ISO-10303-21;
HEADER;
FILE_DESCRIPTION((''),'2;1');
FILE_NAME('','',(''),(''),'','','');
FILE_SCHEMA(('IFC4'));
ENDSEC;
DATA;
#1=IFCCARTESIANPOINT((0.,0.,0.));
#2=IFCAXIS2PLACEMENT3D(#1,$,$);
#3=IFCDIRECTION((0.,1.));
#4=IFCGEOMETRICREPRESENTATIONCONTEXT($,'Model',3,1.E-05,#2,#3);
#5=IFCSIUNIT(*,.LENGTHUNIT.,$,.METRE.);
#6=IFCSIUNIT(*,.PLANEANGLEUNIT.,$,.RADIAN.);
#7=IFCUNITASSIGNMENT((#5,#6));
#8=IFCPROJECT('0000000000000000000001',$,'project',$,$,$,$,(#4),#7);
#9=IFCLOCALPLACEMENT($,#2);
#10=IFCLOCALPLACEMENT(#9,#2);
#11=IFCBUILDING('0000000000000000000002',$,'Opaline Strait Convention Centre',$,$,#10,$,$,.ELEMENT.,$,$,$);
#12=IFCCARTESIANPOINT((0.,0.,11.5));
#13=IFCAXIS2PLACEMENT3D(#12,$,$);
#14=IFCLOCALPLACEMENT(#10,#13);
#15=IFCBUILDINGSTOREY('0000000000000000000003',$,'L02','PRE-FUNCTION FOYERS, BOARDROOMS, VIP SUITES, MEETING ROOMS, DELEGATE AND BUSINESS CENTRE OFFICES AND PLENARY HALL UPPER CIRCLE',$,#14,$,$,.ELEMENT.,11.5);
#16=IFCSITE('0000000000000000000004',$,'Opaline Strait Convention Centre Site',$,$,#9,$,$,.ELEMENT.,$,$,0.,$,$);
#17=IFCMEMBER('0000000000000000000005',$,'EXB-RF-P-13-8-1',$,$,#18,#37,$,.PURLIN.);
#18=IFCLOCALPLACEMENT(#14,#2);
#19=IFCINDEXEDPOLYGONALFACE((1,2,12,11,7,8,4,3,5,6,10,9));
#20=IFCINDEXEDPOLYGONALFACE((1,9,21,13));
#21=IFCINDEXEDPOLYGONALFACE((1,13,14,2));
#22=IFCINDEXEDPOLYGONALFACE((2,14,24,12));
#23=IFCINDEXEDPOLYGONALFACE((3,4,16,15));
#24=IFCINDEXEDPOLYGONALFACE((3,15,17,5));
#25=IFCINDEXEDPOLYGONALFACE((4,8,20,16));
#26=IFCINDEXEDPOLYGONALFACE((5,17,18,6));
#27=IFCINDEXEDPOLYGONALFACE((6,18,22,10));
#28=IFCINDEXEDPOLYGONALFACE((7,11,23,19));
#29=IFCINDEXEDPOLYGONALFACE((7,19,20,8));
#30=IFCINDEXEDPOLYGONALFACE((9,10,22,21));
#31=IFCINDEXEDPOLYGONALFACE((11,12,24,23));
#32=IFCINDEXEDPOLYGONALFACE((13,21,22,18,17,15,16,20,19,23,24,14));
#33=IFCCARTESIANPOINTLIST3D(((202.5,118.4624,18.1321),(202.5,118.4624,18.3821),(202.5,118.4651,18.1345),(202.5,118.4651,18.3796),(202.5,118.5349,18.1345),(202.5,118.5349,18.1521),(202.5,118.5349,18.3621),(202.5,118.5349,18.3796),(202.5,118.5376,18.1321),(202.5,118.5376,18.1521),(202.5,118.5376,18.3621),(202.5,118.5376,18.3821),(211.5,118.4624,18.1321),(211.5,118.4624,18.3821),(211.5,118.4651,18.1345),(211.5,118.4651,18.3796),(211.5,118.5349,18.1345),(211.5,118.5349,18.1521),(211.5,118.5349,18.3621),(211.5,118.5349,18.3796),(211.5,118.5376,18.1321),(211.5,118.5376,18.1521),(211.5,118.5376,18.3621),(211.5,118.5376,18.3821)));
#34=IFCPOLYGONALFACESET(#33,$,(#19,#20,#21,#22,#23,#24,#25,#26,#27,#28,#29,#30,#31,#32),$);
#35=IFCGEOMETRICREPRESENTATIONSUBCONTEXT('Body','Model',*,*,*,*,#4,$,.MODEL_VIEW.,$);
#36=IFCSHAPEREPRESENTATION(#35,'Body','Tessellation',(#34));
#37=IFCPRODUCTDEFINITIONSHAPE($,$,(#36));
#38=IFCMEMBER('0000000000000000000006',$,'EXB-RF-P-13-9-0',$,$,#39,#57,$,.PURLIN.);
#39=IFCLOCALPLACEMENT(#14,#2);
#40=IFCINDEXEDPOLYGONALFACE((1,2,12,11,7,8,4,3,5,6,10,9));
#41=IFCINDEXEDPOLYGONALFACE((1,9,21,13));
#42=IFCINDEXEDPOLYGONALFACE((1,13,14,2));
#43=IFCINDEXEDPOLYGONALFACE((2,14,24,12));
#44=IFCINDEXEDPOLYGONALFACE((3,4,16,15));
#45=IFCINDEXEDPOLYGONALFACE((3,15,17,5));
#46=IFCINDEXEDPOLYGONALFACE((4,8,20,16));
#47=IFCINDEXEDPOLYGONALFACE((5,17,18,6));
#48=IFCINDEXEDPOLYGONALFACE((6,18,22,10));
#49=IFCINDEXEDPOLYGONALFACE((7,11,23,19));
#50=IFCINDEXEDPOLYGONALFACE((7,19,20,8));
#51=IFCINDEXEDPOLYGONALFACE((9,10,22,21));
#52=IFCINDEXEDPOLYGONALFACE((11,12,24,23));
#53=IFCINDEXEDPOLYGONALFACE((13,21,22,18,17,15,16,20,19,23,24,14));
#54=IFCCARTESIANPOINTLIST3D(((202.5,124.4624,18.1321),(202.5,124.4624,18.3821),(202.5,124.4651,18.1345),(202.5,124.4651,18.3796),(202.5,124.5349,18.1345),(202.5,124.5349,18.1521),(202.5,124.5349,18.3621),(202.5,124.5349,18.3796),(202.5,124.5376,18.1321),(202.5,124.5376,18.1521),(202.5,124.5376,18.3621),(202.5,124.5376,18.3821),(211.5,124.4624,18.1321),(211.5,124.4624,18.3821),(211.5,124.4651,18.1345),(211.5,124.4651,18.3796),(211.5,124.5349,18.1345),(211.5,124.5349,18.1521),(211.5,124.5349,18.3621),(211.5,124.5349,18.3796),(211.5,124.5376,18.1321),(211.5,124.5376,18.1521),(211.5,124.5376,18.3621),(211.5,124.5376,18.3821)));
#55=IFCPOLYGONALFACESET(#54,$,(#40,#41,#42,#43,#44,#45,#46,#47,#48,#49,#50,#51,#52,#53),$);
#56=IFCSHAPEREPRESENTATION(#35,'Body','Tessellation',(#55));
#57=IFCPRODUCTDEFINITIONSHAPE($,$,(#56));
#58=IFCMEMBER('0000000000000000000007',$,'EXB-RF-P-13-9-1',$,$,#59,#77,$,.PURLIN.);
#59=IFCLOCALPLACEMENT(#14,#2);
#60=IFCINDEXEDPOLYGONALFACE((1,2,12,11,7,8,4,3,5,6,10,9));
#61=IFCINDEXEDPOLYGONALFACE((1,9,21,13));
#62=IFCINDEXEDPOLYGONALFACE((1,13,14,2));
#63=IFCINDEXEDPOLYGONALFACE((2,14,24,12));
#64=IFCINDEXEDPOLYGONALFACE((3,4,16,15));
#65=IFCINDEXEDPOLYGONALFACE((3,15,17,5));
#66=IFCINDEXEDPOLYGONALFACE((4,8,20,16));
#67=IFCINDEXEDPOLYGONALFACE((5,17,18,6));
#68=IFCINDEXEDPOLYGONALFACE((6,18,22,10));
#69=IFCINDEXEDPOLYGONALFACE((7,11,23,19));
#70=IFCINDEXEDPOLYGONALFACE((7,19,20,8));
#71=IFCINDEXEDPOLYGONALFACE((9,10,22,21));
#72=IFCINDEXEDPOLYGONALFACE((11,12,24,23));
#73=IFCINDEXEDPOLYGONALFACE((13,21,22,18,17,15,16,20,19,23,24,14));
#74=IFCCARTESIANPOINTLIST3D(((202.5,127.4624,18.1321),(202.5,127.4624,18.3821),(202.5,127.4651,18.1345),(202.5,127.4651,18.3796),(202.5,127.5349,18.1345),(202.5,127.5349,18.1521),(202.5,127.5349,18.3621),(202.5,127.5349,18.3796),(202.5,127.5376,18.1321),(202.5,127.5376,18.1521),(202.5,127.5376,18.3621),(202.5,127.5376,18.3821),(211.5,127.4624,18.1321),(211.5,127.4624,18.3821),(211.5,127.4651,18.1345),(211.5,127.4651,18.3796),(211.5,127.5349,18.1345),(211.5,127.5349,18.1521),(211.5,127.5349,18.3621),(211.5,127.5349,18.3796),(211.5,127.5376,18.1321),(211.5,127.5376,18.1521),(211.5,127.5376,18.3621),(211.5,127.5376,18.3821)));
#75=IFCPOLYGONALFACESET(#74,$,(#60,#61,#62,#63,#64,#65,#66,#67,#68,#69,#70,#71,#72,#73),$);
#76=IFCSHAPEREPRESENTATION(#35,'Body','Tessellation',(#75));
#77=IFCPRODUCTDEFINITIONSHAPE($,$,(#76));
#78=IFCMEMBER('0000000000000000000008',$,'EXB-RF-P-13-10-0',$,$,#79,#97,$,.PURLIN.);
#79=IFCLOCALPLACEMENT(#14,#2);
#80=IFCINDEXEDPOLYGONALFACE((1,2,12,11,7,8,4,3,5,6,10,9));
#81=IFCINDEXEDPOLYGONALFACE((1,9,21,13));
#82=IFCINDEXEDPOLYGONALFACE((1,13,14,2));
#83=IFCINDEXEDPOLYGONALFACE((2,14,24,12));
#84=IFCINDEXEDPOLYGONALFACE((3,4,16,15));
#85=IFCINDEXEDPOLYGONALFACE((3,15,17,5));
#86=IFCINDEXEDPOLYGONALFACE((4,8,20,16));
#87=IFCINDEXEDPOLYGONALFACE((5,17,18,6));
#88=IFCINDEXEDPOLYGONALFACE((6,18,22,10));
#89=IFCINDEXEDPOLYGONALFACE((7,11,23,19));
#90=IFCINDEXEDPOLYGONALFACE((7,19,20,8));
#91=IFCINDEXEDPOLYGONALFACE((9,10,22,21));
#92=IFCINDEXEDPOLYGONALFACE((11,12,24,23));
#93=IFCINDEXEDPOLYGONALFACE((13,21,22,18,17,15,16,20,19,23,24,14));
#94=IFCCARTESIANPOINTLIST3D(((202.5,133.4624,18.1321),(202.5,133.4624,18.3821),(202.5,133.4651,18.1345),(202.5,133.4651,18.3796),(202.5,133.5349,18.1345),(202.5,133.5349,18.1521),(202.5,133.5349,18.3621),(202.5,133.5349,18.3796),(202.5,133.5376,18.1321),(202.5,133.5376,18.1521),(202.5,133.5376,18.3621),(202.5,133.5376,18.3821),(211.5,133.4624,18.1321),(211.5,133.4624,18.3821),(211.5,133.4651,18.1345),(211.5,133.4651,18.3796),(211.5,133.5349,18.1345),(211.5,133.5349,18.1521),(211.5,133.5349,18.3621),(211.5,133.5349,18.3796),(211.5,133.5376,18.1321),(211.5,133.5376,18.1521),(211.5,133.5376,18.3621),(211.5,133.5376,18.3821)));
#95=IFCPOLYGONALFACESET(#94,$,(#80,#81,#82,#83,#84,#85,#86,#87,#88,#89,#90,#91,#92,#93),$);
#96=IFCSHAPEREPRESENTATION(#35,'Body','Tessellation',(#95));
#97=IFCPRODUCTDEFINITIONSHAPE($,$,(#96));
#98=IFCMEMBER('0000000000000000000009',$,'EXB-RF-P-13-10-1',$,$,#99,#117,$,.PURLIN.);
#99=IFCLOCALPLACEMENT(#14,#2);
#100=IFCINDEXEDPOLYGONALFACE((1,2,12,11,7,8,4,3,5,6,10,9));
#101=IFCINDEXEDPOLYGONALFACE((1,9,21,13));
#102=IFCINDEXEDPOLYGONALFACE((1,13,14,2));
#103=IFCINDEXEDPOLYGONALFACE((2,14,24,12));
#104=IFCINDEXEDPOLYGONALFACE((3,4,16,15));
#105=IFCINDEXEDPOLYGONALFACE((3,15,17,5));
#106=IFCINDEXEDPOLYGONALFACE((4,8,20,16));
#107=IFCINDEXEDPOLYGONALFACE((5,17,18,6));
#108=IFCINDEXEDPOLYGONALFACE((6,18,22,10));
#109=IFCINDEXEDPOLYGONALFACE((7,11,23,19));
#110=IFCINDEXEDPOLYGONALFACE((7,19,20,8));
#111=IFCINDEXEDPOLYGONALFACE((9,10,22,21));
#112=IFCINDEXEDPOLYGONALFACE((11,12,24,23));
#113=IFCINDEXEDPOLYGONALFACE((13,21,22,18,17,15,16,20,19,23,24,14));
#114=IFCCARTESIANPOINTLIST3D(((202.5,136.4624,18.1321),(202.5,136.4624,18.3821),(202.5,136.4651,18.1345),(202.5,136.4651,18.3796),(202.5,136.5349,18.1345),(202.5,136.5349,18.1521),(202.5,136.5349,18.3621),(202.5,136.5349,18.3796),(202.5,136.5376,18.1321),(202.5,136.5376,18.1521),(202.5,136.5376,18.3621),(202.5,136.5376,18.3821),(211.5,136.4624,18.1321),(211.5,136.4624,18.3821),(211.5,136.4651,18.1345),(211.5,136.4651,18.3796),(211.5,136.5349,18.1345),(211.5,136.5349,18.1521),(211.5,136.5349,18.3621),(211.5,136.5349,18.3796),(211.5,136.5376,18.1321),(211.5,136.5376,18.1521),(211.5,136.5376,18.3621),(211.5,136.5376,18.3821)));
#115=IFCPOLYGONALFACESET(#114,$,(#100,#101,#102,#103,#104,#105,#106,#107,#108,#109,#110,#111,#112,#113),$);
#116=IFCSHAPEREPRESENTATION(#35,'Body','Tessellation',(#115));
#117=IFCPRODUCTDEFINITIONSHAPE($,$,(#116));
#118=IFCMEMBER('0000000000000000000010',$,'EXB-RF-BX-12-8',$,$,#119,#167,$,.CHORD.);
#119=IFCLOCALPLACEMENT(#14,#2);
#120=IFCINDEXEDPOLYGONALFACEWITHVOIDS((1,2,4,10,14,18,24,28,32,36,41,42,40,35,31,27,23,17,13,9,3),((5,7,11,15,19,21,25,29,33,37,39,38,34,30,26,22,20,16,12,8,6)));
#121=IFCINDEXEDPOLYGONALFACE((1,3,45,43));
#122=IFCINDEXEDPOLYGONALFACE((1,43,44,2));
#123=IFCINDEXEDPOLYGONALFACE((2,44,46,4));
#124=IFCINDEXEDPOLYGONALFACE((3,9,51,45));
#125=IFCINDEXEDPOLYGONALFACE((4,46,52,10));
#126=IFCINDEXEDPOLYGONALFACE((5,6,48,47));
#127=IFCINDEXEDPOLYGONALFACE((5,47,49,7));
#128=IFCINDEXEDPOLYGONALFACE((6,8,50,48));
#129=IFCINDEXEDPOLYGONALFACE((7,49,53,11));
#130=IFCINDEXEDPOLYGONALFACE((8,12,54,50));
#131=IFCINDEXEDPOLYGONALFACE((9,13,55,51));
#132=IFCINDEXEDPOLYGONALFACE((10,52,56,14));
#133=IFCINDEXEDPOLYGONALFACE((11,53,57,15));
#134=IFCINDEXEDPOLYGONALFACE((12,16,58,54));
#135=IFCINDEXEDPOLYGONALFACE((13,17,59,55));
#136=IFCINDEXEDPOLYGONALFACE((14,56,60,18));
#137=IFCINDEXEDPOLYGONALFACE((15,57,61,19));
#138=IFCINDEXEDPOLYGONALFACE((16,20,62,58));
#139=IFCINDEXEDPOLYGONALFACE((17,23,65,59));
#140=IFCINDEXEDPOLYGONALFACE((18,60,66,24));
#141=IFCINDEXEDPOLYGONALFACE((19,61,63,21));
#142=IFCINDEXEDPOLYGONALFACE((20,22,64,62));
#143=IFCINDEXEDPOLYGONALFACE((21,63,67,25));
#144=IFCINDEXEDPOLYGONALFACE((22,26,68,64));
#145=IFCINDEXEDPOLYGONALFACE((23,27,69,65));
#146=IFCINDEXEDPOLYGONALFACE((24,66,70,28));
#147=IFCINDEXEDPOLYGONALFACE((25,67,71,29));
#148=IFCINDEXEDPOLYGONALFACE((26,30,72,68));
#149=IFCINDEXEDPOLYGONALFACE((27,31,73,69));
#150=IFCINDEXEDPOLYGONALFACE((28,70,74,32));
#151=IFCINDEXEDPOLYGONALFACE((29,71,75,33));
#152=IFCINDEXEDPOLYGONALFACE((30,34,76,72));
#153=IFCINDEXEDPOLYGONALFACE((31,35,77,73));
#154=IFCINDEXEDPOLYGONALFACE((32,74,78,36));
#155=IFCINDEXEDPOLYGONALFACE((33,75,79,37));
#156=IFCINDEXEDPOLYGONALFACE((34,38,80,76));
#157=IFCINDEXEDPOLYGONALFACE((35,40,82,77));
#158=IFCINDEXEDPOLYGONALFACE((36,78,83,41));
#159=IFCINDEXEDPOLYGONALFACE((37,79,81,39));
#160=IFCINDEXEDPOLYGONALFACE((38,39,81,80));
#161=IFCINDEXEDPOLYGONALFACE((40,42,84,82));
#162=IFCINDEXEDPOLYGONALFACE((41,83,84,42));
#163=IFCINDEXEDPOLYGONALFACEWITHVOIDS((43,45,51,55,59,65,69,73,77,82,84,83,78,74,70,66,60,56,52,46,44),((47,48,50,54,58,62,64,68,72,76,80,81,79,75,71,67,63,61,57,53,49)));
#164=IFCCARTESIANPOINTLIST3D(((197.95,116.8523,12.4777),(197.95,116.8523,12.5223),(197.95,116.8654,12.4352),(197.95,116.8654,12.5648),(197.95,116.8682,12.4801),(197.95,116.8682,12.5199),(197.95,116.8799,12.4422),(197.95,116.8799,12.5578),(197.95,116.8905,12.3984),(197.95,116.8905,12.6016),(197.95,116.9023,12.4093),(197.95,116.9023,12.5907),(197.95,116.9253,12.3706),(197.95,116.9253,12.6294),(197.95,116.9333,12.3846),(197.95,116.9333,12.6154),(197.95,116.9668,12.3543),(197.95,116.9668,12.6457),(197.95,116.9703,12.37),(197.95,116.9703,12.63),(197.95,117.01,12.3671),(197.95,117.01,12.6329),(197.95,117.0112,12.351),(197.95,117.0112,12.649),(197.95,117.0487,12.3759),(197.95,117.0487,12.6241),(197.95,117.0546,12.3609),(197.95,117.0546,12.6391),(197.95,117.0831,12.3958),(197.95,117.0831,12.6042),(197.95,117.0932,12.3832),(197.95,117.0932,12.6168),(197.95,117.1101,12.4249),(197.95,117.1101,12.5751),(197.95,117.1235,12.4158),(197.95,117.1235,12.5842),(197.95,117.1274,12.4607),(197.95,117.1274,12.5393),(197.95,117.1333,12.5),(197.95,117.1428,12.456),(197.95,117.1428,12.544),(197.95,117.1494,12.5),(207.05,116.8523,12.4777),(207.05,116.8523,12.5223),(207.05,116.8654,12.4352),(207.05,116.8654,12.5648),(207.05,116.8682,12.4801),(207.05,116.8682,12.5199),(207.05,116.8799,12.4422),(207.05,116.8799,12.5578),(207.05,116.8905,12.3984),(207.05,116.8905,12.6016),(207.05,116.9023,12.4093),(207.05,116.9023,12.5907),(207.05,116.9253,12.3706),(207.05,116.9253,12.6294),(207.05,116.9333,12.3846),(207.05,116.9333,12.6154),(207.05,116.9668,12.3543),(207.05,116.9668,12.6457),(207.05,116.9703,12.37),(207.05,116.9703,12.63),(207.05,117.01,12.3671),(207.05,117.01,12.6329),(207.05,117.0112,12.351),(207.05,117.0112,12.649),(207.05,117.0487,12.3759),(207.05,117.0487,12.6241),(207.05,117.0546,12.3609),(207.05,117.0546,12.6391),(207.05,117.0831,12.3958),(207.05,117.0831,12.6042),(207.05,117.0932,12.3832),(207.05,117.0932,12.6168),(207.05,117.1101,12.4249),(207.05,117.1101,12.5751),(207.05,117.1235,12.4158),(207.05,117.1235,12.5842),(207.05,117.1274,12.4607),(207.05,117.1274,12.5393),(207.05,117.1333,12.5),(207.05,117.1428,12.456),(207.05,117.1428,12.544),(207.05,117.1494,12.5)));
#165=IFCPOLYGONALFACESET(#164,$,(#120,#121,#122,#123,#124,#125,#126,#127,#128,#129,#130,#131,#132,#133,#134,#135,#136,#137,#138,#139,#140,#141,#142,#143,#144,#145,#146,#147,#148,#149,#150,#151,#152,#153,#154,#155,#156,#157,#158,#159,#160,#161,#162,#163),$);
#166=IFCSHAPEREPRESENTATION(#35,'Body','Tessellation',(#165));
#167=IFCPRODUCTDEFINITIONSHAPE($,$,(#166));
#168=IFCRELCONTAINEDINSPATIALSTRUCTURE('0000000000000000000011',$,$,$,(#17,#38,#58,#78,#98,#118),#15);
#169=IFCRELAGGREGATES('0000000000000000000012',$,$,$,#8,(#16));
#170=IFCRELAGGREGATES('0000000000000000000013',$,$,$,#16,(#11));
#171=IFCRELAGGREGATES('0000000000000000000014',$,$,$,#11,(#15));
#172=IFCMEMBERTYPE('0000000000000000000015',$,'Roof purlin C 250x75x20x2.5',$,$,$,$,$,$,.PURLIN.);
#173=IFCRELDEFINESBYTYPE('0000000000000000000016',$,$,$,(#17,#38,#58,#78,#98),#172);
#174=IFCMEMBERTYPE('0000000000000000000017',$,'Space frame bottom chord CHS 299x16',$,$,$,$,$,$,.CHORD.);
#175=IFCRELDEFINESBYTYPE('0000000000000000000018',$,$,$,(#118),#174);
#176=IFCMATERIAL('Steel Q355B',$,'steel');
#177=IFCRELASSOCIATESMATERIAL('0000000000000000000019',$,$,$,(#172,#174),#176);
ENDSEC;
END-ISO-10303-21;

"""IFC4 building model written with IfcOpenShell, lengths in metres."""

from ifc_helpers import new_model, si_unit, direction, frame, origin, origin_2d, place, context, subcontext, project, spatial, polyline, hollow_circle, outline, extrude, material, material_profile, profile_set, type_object, element, save


model = new_model("IFC4")

# Units and contexts
model_context = context("Model", 3, precision=1e-05, world=origin(), true_north=direction((0.0, 1.0)))
body_context = subcontext(model_context, "Body", "Model", "MODEL_VIEW")
ifc_project = project(units=[si_unit("LENGTHUNIT", "METRE"), si_unit("PLANEANGLEUNIT", "RADIAN")], contexts=[model_context])

# Site, building, storey
site_placement = place(None, origin())
site = spatial("IfcSite", under=ifc_project, at=site_placement, Name="Opaline Strait Convention Centre Site", CompositionType="ELEMENT", RefElevation=0.0)
building_placement = place(site_placement, origin())
building = spatial("IfcBuilding", under=site, at=building_placement, Name="Opaline Strait Convention Centre", CompositionType="ELEMENT")
storey_placement = place(building_placement, frame((0.0, 0.0, 11.5)))
storey = spatial("IfcBuildingStorey", under=building, at=storey_placement, Name="L02", Description="PRE-FUNCTION FOYERS, BOARDROOMS, VIP SUITES, MEETING ROOMS, DELEGATE AND BUSINESS CENTRE OFFICES AND PLENARY HALL UPPER CIRCLE", CompositionType="ELEMENT", Elevation=11.5)

# Members
ifc_material = material(Name="Steel Q355B", Category="steel")
ifc_material_profile_1 = material_profile(ifc_material, outline(polyline([(-0.0376, -0.125), (0.0376, -0.125), (0.0376, -0.105), (0.0349, -0.105), (0.0349, -0.1226), (-0.0349, -0.1226), (-0.0349, 0.1226), (0.0349, 0.1226), (0.0349, 0.105), (0.0376, 0.105), (0.0376, 0.125), (-0.0376, 0.125), (-0.0376, -0.125)])), Name="C 250x75x20x2.5")
ifc_profile_set_1 = profile_set([ifc_material_profile_1], Name="Steel Q355B")
member_type_1 = type_object("IfcMemberType", Name="Roof purlin C 250x75x20x2.5", PredefinedType="PURLIN", material=ifc_profile_set_1)
for number, where, z_axis, x_axis, name in (
    (1, (202.5, 118.5, 18.2571), (1.0, 0.0, 0.0), (0.0, 1.0, 0.0), "EXB-RF-P-13-8-1"),
    (2, (202.5, 124.5, 18.2571), (1.0, 0.0, 0.0), (0.0, 1.0, 0.0), "EXB-RF-P-13-9-0"),
    (3, (202.5, 127.5, 18.2571), (1.0, 0.0, 0.0), (0.0, 1.0, 0.0), "EXB-RF-P-13-9-1"),
    (4, (202.5, 133.5, 18.2571), (1.0, 0.0, 0.0), (0.0, 1.0, 0.0), "EXB-RF-P-13-10-0"),
    (5, (202.5, 136.5, 18.2571), (1.0, 0.0, 0.0), (0.0, 1.0, 0.0), "EXB-RF-P-13-10-1"),
):
    element("IfcMember", number, at=place(storey_placement, frame(where, z_axis=z_axis, x_axis=x_axis)), inside=storey, type_object=member_type_1, Name=name, PredefinedType="PURLIN", context=body_context, shape_type="SweptSolid", body=[
        extrude(outline(polyline([(-0.0376, -0.125), (0.0376, -0.125), (0.0376, -0.105), (0.0349, -0.105), (0.0349, -0.1226), (-0.0349, -0.1226), (-0.0349, 0.1226), (0.0349, 0.1226), (0.0349, 0.105), (0.0376, 0.105), (0.0376, 0.125), (-0.0376, 0.125), (-0.0376, -0.125)])), origin(), (0.0, 0.0, 1.0), 9.0),
    ])
ifc_material_profile_2 = material_profile(ifc_material, hollow_circle(Radius=0.1494, WallThickness=0.0161, at=origin_2d()), Name="CHS 299x16")
ifc_profile_set_2 = profile_set([ifc_material_profile_2], Name="Steel Q355B")
member_type_2 = type_object("IfcMemberType", Name="Space frame bottom chord CHS 299x16", PredefinedType="CHORD", material=ifc_profile_set_2)
for number, where, z_axis, x_axis, name in (
    (6, (197.95, 117.0, 12.5), (1.0, 0.0, 0.0), (0.0, 1.0, 0.0), "EXB-RF-BX-12-8"),
):
    element("IfcMember", number, at=place(storey_placement, frame(where, z_axis=z_axis, x_axis=x_axis)), inside=storey, type_object=member_type_2, Name=name, PredefinedType="CHORD", context=body_context, shape_type="SweptSolid", body=[
        extrude(hollow_circle(Radius=0.1494, WallThickness=0.0161, at=origin_2d()), origin(), (0.0, 0.0, 1.0), 9.1001),
    ])

save(model, "model.ifc")
